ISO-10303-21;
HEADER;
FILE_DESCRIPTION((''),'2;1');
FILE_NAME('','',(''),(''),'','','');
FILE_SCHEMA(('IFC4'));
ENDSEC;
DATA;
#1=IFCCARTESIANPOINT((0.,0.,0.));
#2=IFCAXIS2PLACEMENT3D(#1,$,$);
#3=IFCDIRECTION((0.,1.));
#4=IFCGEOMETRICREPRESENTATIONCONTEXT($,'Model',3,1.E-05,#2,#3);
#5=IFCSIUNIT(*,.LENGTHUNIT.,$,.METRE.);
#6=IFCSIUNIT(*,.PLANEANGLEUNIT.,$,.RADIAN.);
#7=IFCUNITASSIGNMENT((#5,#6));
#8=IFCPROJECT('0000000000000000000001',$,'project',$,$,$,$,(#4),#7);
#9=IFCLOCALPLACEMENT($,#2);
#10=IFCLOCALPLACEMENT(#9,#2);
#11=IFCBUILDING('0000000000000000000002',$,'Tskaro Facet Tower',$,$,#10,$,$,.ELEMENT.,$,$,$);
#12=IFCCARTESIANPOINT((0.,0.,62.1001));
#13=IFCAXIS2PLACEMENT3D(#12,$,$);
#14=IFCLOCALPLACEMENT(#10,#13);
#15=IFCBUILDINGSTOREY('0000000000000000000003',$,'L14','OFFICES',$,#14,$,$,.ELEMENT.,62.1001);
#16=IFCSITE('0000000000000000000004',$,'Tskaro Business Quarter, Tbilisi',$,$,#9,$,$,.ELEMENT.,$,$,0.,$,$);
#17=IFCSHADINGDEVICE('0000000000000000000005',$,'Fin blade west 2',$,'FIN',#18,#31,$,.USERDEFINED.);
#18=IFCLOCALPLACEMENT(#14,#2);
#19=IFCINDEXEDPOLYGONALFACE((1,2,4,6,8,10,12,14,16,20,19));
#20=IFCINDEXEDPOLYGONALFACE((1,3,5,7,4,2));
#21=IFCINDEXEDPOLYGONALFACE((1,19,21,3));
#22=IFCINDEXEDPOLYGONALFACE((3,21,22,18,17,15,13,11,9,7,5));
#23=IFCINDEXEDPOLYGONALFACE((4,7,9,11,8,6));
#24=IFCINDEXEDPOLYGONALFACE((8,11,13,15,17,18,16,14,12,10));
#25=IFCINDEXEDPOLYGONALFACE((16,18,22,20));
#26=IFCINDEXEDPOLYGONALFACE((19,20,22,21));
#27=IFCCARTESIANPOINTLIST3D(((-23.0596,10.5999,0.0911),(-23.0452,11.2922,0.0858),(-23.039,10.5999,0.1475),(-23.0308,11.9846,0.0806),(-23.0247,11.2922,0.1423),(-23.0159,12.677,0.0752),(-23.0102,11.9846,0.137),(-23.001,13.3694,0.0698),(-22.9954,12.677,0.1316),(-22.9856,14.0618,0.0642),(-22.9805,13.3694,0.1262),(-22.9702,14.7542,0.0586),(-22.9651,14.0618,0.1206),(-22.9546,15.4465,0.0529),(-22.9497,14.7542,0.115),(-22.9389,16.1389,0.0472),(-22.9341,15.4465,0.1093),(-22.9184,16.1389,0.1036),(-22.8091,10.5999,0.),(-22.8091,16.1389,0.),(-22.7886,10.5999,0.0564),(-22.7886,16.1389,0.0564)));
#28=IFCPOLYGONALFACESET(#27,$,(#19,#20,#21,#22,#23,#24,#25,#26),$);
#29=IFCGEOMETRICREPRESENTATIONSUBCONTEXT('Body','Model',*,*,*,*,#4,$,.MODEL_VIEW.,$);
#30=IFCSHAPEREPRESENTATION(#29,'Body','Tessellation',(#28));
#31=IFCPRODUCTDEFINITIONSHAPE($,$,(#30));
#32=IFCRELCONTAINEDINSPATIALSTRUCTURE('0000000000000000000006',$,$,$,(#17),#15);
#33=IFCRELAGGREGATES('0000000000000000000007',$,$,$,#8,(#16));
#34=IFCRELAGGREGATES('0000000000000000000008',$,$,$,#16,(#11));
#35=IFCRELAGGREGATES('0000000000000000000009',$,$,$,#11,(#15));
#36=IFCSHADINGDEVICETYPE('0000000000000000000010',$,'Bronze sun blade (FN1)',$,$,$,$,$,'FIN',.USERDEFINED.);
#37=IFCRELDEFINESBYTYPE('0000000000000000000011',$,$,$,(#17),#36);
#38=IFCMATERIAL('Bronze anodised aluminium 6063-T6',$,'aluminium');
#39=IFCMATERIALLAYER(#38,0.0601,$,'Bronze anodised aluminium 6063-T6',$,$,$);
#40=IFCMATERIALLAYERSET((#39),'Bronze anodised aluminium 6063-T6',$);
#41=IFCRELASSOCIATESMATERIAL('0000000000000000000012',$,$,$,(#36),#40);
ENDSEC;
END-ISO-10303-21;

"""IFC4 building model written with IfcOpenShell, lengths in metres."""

from ifc_helpers import new_model, si_unit, direction, frame, origin, place, context, subcontext, project, spatial, polyline, outline, extrude, material, layer, layer_set, type_object, element, save


model = new_model("IFC4")

# Units and contexts
model_context = context("Model", 3, precision=1e-05, world=origin(), true_north=direction((0.0, 1.0)))
body_context = subcontext(model_context, "Body", "Model", "MODEL_VIEW")
ifc_project = project(units=[si_unit("LENGTHUNIT", "METRE"), si_unit("PLANEANGLEUNIT", "RADIAN")], contexts=[model_context])

# Site, building, storey
site_placement = place(None, origin())
site = spatial("IfcSite", under=ifc_project, at=site_placement, Name="Tskaro Business Quarter, Tbilisi", CompositionType="ELEMENT", RefElevation=0.0)
building_placement = place(site_placement, origin())
building = spatial("IfcBuilding", under=site, at=building_placement, Name="Tskaro Facet Tower", CompositionType="ELEMENT")
storey_placement = place(building_placement, frame((0.0, 0.0, 62.1001)))
storey = spatial("IfcBuildingStorey", under=building, at=storey_placement, Name="L14", Description="OFFICES", CompositionType="ELEMENT", Elevation=62.1001)

# Shared definitions
ifc_material_1 = material(Name="Bronze anodised aluminium 6063-T6", Category="aluminium")

# Shading device
ifc_layer_1 = layer(ifc_material_1, 0.0601, Name="Bronze anodised aluminium 6063-T6")
ifc_layer_set_1 = layer_set([ifc_layer_1], Name="Bronze anodised aluminium 6063-T6")
shading_device_type = type_object("IfcShadingDeviceType", Name="Bronze sun blade (FN1)", ElementType="FIN", PredefinedType="USERDEFINED", material=ifc_layer_set_1)
shading_device_1_placement = place(storey_placement, frame((-22.7886, 16.1389, 0.0564), z_axis=(0.341803, 0.000002, 0.939772), x_axis=(0.000001, -1.0, 0.000002)))
element("IfcShadingDevice", 1, at=shading_device_1_placement, inside=storey, type_object=shading_device_type, Name="Fin blade west 2", ObjectType="FIN", PredefinedType="USERDEFINED", context=body_context, shape_type="SweptSolid", body=[
    extrude(outline(polyline([(0.0, 0.0), (5.5391, 0.0), (5.5391, -0.2665), (4.8467, -0.2512), (4.1543, -0.2359), (3.4619, -0.22), (2.7695, -0.2042), (2.0771, -0.1878), (1.3848, -0.1715), (0.6924, -0.1549), (0.0, -0.1382), (0.0, 0.0)])), origin(), (0.0, 0.0, -1.0), 0.0601),
])

save(model, "model.ifc")
